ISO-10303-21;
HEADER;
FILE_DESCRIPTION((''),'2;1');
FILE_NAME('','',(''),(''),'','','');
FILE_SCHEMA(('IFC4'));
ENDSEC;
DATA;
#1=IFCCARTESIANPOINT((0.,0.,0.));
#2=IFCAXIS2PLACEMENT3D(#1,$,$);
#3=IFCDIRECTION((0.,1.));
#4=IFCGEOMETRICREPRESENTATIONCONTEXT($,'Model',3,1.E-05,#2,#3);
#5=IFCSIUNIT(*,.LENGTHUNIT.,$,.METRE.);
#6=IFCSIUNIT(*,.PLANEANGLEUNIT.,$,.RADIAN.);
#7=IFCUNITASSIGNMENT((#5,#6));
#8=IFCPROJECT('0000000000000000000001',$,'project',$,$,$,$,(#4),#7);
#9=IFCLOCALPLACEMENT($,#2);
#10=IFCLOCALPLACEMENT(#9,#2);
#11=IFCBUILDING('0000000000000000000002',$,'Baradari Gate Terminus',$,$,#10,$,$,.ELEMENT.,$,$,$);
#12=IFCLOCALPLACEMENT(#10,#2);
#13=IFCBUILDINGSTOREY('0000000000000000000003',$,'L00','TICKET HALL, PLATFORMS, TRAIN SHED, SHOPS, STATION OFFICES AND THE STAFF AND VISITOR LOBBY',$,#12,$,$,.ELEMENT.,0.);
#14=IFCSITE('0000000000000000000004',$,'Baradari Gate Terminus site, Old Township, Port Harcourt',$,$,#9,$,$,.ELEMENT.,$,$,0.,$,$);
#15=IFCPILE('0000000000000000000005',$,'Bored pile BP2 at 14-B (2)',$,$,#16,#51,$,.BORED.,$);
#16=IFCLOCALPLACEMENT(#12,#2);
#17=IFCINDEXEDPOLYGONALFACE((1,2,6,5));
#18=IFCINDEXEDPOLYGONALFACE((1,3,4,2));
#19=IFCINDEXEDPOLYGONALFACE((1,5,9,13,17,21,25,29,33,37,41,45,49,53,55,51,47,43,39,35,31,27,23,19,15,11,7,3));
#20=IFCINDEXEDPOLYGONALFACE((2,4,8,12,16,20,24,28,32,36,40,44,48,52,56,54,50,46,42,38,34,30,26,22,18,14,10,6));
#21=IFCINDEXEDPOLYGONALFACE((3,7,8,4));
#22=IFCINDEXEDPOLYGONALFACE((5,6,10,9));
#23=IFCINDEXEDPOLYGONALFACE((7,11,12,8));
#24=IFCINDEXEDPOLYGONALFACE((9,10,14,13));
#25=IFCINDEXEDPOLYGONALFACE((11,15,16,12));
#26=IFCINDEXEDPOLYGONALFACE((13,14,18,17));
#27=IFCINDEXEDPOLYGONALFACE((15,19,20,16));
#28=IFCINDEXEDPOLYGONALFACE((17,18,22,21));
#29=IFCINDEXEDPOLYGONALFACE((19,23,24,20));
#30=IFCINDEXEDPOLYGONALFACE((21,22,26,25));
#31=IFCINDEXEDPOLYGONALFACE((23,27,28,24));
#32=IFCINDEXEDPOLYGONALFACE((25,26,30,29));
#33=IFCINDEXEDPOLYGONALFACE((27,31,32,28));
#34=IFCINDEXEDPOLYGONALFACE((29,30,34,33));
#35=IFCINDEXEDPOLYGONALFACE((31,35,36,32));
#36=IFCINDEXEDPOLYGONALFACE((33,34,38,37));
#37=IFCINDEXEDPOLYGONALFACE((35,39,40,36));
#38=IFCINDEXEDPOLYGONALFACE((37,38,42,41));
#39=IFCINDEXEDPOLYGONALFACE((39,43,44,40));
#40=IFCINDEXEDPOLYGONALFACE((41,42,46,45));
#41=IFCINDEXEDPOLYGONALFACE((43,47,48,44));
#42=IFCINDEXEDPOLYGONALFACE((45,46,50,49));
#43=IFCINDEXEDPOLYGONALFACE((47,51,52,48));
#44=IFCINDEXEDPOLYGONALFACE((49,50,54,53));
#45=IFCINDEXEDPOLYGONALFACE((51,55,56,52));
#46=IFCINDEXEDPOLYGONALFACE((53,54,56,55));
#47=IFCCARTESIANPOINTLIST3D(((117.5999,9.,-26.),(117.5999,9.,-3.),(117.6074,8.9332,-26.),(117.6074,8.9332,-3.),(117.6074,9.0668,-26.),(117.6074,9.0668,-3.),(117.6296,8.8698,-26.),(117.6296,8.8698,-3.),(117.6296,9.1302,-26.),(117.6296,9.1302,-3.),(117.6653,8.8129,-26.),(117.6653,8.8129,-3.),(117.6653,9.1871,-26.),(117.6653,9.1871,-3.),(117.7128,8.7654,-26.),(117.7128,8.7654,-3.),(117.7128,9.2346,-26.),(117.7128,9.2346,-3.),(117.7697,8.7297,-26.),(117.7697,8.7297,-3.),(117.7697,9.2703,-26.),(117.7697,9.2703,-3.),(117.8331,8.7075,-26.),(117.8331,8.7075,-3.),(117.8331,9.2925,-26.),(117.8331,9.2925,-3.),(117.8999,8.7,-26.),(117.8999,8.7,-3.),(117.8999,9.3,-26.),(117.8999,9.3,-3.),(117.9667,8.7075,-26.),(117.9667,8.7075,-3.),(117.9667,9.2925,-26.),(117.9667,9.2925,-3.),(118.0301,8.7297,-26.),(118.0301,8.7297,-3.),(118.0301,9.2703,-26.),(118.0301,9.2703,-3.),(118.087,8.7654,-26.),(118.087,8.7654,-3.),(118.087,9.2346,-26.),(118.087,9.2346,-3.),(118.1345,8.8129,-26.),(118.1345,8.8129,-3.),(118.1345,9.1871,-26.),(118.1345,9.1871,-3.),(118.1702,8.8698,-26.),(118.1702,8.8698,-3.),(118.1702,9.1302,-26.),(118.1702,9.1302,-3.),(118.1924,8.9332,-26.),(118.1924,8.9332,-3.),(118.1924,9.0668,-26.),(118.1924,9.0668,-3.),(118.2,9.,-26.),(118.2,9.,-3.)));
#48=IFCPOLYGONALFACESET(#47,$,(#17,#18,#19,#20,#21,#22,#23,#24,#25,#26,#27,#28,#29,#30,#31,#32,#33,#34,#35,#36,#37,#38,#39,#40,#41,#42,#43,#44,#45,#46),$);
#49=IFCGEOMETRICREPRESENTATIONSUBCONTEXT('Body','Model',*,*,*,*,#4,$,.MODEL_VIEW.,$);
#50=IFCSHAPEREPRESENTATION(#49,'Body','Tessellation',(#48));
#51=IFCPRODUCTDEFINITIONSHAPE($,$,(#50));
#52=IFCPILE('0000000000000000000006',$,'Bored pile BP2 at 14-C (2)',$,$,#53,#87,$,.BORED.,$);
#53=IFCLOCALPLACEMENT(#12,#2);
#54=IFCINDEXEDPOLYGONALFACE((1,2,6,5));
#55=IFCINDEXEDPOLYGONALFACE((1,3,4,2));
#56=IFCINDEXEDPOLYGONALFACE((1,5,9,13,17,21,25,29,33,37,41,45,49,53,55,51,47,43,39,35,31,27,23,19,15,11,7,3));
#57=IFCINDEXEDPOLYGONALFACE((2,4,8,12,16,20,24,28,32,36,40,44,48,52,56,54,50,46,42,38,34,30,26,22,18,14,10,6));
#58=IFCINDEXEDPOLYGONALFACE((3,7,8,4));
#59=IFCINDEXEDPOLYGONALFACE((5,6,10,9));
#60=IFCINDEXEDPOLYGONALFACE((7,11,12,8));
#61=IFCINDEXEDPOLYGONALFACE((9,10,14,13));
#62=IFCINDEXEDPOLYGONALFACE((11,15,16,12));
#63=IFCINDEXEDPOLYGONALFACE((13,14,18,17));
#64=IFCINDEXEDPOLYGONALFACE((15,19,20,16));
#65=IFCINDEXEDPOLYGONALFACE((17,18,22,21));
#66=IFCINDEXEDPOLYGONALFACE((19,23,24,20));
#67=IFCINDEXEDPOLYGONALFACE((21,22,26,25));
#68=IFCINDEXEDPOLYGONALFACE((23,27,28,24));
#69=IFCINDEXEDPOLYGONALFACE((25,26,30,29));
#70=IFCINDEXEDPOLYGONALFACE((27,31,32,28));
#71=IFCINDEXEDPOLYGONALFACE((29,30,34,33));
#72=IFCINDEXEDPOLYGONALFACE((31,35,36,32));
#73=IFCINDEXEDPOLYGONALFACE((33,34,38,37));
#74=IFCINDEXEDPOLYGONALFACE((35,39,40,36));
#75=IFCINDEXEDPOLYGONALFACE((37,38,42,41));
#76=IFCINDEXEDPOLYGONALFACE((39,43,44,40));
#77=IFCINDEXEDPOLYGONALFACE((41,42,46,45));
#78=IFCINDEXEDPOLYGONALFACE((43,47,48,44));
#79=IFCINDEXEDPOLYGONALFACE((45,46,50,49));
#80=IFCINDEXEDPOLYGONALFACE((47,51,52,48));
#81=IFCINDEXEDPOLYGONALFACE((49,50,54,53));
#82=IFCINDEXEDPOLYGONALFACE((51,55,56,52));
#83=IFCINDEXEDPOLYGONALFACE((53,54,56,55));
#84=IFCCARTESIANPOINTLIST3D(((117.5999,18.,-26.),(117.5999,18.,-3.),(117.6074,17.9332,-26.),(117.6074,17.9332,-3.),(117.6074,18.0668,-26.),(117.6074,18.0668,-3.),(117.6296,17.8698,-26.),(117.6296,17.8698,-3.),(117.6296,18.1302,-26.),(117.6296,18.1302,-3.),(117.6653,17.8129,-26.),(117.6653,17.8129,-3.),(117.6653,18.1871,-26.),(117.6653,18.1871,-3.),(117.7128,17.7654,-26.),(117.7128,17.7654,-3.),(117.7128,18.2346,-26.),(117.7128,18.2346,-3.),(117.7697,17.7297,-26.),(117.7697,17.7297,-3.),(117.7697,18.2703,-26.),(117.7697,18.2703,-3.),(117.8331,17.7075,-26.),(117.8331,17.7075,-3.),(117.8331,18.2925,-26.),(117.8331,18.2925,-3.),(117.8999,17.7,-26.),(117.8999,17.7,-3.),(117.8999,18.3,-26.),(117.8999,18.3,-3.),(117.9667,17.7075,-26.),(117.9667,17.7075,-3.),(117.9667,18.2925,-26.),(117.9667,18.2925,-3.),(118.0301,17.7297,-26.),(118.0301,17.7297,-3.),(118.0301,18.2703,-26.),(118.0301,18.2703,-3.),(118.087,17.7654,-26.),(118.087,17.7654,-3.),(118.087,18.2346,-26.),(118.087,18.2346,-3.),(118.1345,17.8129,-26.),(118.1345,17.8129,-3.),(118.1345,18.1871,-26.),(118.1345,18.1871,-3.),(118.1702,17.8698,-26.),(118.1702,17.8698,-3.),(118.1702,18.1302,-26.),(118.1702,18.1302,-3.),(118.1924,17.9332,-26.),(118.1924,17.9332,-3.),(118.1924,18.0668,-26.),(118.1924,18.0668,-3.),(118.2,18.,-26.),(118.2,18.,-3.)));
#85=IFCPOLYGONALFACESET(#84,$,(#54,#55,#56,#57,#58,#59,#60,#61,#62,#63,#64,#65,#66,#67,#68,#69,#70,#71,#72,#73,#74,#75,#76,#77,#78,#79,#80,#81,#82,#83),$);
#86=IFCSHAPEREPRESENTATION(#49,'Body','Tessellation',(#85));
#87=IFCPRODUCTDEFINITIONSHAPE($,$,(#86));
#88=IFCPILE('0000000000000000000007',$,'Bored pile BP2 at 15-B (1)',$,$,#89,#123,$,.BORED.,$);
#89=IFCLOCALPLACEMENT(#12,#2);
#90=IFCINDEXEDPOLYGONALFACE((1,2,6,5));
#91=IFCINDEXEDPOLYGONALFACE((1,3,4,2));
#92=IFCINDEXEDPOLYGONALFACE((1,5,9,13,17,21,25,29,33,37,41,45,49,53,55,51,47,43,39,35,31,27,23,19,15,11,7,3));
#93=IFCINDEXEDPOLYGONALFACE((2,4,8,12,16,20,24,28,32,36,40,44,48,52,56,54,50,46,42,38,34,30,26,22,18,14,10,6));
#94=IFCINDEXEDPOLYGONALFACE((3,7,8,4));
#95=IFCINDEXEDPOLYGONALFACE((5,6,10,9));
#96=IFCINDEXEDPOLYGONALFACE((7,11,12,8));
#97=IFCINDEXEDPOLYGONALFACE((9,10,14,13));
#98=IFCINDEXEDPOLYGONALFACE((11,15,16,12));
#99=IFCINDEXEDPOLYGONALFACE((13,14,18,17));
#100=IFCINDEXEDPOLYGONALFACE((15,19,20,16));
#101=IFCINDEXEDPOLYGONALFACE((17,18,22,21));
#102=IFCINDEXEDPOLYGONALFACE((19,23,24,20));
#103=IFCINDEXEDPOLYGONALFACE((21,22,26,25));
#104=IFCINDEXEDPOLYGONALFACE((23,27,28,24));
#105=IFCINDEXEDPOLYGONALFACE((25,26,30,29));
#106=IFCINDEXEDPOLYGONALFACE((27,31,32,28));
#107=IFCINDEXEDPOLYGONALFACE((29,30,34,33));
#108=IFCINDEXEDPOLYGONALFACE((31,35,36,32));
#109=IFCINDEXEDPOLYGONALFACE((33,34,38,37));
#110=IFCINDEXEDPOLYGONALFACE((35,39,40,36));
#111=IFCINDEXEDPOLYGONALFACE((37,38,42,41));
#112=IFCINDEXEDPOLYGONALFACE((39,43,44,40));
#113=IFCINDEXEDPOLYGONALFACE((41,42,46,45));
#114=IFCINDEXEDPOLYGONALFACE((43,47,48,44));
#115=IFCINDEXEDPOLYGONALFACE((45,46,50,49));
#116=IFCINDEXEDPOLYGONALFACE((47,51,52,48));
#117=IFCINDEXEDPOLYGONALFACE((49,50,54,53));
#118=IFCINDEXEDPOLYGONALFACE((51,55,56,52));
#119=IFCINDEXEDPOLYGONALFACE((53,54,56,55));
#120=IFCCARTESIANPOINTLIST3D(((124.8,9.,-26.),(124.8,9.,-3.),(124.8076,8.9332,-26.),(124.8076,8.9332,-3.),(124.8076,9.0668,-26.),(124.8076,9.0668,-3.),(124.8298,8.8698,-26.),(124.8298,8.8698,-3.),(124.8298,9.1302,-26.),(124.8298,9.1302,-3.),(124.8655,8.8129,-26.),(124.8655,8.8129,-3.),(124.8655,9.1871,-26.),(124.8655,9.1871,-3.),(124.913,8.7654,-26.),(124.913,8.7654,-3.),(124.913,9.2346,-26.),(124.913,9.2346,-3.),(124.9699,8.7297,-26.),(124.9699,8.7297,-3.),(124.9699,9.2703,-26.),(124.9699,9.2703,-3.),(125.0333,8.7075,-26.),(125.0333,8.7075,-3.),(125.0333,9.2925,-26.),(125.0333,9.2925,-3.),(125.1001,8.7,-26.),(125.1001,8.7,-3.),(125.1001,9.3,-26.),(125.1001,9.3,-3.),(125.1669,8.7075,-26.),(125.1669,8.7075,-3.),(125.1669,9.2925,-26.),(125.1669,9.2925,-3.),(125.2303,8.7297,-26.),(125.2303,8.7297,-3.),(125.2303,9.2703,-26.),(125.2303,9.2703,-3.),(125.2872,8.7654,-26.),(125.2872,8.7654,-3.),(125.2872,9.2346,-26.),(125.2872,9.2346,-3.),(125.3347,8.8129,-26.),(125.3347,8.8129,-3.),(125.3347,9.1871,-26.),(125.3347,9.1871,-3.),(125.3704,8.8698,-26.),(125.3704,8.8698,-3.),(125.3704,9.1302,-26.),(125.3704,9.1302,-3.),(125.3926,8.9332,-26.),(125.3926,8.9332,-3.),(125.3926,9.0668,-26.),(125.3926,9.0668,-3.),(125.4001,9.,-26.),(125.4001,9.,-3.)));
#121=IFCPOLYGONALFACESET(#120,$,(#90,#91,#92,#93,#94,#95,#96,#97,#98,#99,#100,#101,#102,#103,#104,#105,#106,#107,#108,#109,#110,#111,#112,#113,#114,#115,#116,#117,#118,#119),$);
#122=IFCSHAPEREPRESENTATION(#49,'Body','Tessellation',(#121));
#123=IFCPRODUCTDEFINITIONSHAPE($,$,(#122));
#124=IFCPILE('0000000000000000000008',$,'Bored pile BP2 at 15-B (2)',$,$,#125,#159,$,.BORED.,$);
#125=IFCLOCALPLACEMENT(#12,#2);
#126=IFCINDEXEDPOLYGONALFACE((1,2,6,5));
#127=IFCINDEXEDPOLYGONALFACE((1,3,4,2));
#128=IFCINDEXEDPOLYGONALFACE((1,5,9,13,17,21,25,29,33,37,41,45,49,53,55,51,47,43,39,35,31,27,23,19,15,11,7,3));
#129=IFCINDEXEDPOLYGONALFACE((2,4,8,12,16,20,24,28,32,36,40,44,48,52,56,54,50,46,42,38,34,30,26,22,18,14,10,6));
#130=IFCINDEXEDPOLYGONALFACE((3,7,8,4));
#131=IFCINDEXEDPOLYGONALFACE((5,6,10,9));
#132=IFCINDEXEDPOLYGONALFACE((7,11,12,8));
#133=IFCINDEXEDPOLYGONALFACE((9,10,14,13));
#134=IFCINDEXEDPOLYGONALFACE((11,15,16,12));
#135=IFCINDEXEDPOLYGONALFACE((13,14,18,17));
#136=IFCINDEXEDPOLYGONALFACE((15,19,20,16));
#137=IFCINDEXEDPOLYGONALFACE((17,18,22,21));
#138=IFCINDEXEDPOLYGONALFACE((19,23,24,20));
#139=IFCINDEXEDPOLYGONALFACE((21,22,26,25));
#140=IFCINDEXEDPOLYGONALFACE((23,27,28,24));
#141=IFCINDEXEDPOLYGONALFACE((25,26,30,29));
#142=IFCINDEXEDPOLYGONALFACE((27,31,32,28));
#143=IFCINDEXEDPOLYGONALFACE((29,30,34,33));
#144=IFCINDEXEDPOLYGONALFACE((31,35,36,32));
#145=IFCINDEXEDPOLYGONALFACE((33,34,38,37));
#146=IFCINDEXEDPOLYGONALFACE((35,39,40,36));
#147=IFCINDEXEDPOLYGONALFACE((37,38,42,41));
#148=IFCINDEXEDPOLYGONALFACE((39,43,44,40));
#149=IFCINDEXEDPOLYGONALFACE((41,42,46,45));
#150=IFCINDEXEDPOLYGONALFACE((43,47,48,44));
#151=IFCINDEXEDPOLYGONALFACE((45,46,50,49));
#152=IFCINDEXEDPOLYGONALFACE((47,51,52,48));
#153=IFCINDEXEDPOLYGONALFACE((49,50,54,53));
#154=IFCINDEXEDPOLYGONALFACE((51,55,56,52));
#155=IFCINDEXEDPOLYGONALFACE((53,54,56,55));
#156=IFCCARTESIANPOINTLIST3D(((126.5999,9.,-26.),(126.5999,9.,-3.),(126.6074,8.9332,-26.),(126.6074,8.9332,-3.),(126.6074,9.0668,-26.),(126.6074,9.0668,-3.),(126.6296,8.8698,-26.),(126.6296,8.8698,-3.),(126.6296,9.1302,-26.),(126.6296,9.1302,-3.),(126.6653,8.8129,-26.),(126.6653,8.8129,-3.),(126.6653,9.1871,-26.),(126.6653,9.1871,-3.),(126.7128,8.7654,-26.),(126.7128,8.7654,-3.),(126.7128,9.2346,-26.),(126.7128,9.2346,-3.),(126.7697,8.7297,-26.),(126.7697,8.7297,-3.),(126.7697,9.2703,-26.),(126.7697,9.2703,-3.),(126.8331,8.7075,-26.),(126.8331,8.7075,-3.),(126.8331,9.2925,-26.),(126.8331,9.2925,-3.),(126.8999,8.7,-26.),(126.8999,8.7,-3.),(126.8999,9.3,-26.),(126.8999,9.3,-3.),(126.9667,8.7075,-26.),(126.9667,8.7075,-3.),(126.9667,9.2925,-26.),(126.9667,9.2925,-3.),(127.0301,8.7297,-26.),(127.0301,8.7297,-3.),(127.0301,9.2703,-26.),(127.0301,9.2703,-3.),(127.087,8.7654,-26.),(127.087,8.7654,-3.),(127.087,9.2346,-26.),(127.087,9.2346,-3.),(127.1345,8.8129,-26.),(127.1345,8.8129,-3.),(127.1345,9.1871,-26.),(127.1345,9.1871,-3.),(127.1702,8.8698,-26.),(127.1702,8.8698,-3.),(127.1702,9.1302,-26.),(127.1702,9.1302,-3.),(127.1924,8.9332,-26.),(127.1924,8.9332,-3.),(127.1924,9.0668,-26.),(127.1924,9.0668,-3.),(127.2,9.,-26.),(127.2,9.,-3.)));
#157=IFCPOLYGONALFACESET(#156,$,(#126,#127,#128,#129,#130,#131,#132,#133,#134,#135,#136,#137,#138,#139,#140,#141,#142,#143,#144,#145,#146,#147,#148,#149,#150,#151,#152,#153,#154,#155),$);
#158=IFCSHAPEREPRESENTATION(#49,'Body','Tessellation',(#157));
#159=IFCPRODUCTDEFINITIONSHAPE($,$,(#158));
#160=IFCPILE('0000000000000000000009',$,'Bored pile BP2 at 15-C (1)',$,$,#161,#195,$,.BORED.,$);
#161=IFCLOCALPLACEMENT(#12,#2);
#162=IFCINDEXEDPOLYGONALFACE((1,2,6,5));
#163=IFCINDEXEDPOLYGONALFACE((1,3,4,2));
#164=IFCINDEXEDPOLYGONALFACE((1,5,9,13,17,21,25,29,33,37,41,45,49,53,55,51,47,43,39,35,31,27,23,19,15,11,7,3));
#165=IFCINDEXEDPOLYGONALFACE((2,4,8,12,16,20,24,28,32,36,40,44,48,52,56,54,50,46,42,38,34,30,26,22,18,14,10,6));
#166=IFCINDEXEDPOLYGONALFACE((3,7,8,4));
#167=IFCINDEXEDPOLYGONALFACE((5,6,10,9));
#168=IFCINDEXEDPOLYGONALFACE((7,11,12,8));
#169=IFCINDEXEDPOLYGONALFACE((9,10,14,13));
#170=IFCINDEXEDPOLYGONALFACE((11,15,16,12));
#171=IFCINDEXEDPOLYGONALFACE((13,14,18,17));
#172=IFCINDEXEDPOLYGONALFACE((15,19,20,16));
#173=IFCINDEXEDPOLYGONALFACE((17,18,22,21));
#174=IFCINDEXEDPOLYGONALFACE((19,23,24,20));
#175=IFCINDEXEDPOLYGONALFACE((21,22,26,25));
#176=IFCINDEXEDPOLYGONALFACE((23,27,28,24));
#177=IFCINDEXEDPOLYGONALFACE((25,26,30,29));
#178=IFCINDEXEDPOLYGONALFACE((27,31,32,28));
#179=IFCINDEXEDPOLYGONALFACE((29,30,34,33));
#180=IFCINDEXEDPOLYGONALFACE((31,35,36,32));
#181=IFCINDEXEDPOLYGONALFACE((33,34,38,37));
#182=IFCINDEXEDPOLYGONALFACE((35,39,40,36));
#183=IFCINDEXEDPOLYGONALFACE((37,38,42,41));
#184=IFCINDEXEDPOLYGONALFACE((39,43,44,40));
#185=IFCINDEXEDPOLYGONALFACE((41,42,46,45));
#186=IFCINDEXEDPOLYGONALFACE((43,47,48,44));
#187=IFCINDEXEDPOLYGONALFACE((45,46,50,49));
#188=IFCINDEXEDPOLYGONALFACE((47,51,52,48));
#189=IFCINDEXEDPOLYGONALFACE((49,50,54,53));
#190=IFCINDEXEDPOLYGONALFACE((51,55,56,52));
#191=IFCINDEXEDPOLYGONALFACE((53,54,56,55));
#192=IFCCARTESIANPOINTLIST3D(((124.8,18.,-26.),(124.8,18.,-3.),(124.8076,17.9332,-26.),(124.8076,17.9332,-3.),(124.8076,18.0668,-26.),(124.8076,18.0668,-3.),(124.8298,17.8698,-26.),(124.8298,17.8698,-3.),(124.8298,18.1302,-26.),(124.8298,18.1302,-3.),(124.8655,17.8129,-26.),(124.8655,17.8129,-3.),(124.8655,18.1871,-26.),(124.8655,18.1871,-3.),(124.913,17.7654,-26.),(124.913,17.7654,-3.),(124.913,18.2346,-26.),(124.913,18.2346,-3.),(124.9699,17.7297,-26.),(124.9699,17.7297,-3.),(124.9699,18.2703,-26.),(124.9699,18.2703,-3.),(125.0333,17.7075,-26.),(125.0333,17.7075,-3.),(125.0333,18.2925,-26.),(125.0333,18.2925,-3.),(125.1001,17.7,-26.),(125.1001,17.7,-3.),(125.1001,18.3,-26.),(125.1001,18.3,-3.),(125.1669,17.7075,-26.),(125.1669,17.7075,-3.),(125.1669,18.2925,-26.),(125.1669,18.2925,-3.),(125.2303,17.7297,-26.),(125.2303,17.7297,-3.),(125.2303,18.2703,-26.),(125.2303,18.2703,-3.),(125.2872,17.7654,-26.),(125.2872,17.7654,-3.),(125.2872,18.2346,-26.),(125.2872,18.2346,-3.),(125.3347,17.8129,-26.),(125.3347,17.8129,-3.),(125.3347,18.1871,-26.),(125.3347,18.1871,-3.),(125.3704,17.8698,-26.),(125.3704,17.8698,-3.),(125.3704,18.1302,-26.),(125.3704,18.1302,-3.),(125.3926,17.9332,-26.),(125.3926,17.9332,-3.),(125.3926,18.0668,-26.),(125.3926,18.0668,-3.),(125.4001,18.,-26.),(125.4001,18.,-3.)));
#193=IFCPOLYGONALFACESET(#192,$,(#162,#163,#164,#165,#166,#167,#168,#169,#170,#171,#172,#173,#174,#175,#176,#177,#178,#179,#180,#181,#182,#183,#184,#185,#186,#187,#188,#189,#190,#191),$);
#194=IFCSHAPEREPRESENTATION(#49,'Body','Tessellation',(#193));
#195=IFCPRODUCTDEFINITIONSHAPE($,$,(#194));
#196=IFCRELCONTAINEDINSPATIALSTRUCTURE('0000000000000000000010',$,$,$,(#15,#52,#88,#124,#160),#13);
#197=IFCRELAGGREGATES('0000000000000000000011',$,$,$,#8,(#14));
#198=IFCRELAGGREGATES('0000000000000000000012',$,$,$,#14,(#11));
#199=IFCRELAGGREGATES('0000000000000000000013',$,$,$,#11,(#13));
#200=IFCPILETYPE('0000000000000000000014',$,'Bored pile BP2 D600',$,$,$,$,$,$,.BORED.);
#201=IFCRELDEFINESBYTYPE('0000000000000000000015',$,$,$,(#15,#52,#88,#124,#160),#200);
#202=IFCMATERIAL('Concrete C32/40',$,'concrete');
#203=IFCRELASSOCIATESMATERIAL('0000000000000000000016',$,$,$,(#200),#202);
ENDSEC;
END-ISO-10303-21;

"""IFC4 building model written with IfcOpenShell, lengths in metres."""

from ifc_helpers import new_model, si_unit, direction, frame, origin, origin_2d, place, context, subcontext, project, spatial, circle, extrude, material, type_object, element, save


model = new_model("IFC4")

# Units and contexts
model_context = context("Model", 3, precision=1e-05, world=origin(), true_north=direction((0.0, 1.0)))
body_context = subcontext(model_context, "Body", "Model", "MODEL_VIEW")
ifc_project = project(units=[si_unit("LENGTHUNIT", "METRE"), si_unit("PLANEANGLEUNIT", "RADIAN")], contexts=[model_context])

# Site, building, storey
site_placement = place(None, origin())
site = spatial("IfcSite", under=ifc_project, at=site_placement, Name="Baradari Gate Terminus site, Old Township, Port Harcourt", CompositionType="ELEMENT", RefElevation=0.0)
building_placement = place(site_placement, origin())
building = spatial("IfcBuilding", under=site, at=building_placement, Name="Baradari Gate Terminus", CompositionType="ELEMENT")
storey_placement = place(building_placement, origin())
storey = spatial("IfcBuildingStorey", under=building, at=storey_placement, Name="L00", Description="TICKET HALL, PLATFORMS, TRAIN SHED, SHOPS, STATION OFFICES AND THE STAFF AND VISITOR LOBBY", CompositionType="ELEMENT", Elevation=0.0)

# Piles
ifc_material_1 = material(Name="Concrete C32/40", Category="concrete")
pile_type = type_object("IfcPileType", Name="Bored pile BP2 D600", PredefinedType="BORED", material=ifc_material_1)
for number, where, z_axis, x_axis, name in (
    (1, (117.8999, 9.0, -3.0), (0.0, 0.0, -1.0), (1.0, 0.0, 0.0), "Bored pile BP2 at 14-B (2)"),
    (2, (117.8999, 18.0, -3.0), (0.0, 0.0, -1.0), (1.0, 0.0, 0.0), "Bored pile BP2 at 14-C (2)"),
    (3, (125.1001, 9.0, -3.0), (0.0, 0.0, -1.0), (1.0, 0.0, 0.0), "Bored pile BP2 at 15-B (1)"),
    (4, (126.8999, 9.0, -3.0), (0.0, 0.0, -1.0), (1.0, 0.0, 0.0), "Bored pile BP2 at 15-B (2)"),
    (5, (125.1001, 18.0, -3.0), (0.0, 0.0, -1.0), (1.0, 0.0, 0.0), "Bored pile BP2 at 15-C (1)"),
):
    element("IfcPile", number, at=place(storey_placement, frame(where, z_axis=z_axis, x_axis=x_axis)), inside=storey, type_object=pile_type, Name=name, PredefinedType="BORED", context=body_context, shape_type="SweptSolid", body=[
        extrude(circle(Radius=0.3, at=origin_2d()), origin(), (0.0, 0.0, 1.0), 23.0),
    ])

save(model, "model.ifc")
